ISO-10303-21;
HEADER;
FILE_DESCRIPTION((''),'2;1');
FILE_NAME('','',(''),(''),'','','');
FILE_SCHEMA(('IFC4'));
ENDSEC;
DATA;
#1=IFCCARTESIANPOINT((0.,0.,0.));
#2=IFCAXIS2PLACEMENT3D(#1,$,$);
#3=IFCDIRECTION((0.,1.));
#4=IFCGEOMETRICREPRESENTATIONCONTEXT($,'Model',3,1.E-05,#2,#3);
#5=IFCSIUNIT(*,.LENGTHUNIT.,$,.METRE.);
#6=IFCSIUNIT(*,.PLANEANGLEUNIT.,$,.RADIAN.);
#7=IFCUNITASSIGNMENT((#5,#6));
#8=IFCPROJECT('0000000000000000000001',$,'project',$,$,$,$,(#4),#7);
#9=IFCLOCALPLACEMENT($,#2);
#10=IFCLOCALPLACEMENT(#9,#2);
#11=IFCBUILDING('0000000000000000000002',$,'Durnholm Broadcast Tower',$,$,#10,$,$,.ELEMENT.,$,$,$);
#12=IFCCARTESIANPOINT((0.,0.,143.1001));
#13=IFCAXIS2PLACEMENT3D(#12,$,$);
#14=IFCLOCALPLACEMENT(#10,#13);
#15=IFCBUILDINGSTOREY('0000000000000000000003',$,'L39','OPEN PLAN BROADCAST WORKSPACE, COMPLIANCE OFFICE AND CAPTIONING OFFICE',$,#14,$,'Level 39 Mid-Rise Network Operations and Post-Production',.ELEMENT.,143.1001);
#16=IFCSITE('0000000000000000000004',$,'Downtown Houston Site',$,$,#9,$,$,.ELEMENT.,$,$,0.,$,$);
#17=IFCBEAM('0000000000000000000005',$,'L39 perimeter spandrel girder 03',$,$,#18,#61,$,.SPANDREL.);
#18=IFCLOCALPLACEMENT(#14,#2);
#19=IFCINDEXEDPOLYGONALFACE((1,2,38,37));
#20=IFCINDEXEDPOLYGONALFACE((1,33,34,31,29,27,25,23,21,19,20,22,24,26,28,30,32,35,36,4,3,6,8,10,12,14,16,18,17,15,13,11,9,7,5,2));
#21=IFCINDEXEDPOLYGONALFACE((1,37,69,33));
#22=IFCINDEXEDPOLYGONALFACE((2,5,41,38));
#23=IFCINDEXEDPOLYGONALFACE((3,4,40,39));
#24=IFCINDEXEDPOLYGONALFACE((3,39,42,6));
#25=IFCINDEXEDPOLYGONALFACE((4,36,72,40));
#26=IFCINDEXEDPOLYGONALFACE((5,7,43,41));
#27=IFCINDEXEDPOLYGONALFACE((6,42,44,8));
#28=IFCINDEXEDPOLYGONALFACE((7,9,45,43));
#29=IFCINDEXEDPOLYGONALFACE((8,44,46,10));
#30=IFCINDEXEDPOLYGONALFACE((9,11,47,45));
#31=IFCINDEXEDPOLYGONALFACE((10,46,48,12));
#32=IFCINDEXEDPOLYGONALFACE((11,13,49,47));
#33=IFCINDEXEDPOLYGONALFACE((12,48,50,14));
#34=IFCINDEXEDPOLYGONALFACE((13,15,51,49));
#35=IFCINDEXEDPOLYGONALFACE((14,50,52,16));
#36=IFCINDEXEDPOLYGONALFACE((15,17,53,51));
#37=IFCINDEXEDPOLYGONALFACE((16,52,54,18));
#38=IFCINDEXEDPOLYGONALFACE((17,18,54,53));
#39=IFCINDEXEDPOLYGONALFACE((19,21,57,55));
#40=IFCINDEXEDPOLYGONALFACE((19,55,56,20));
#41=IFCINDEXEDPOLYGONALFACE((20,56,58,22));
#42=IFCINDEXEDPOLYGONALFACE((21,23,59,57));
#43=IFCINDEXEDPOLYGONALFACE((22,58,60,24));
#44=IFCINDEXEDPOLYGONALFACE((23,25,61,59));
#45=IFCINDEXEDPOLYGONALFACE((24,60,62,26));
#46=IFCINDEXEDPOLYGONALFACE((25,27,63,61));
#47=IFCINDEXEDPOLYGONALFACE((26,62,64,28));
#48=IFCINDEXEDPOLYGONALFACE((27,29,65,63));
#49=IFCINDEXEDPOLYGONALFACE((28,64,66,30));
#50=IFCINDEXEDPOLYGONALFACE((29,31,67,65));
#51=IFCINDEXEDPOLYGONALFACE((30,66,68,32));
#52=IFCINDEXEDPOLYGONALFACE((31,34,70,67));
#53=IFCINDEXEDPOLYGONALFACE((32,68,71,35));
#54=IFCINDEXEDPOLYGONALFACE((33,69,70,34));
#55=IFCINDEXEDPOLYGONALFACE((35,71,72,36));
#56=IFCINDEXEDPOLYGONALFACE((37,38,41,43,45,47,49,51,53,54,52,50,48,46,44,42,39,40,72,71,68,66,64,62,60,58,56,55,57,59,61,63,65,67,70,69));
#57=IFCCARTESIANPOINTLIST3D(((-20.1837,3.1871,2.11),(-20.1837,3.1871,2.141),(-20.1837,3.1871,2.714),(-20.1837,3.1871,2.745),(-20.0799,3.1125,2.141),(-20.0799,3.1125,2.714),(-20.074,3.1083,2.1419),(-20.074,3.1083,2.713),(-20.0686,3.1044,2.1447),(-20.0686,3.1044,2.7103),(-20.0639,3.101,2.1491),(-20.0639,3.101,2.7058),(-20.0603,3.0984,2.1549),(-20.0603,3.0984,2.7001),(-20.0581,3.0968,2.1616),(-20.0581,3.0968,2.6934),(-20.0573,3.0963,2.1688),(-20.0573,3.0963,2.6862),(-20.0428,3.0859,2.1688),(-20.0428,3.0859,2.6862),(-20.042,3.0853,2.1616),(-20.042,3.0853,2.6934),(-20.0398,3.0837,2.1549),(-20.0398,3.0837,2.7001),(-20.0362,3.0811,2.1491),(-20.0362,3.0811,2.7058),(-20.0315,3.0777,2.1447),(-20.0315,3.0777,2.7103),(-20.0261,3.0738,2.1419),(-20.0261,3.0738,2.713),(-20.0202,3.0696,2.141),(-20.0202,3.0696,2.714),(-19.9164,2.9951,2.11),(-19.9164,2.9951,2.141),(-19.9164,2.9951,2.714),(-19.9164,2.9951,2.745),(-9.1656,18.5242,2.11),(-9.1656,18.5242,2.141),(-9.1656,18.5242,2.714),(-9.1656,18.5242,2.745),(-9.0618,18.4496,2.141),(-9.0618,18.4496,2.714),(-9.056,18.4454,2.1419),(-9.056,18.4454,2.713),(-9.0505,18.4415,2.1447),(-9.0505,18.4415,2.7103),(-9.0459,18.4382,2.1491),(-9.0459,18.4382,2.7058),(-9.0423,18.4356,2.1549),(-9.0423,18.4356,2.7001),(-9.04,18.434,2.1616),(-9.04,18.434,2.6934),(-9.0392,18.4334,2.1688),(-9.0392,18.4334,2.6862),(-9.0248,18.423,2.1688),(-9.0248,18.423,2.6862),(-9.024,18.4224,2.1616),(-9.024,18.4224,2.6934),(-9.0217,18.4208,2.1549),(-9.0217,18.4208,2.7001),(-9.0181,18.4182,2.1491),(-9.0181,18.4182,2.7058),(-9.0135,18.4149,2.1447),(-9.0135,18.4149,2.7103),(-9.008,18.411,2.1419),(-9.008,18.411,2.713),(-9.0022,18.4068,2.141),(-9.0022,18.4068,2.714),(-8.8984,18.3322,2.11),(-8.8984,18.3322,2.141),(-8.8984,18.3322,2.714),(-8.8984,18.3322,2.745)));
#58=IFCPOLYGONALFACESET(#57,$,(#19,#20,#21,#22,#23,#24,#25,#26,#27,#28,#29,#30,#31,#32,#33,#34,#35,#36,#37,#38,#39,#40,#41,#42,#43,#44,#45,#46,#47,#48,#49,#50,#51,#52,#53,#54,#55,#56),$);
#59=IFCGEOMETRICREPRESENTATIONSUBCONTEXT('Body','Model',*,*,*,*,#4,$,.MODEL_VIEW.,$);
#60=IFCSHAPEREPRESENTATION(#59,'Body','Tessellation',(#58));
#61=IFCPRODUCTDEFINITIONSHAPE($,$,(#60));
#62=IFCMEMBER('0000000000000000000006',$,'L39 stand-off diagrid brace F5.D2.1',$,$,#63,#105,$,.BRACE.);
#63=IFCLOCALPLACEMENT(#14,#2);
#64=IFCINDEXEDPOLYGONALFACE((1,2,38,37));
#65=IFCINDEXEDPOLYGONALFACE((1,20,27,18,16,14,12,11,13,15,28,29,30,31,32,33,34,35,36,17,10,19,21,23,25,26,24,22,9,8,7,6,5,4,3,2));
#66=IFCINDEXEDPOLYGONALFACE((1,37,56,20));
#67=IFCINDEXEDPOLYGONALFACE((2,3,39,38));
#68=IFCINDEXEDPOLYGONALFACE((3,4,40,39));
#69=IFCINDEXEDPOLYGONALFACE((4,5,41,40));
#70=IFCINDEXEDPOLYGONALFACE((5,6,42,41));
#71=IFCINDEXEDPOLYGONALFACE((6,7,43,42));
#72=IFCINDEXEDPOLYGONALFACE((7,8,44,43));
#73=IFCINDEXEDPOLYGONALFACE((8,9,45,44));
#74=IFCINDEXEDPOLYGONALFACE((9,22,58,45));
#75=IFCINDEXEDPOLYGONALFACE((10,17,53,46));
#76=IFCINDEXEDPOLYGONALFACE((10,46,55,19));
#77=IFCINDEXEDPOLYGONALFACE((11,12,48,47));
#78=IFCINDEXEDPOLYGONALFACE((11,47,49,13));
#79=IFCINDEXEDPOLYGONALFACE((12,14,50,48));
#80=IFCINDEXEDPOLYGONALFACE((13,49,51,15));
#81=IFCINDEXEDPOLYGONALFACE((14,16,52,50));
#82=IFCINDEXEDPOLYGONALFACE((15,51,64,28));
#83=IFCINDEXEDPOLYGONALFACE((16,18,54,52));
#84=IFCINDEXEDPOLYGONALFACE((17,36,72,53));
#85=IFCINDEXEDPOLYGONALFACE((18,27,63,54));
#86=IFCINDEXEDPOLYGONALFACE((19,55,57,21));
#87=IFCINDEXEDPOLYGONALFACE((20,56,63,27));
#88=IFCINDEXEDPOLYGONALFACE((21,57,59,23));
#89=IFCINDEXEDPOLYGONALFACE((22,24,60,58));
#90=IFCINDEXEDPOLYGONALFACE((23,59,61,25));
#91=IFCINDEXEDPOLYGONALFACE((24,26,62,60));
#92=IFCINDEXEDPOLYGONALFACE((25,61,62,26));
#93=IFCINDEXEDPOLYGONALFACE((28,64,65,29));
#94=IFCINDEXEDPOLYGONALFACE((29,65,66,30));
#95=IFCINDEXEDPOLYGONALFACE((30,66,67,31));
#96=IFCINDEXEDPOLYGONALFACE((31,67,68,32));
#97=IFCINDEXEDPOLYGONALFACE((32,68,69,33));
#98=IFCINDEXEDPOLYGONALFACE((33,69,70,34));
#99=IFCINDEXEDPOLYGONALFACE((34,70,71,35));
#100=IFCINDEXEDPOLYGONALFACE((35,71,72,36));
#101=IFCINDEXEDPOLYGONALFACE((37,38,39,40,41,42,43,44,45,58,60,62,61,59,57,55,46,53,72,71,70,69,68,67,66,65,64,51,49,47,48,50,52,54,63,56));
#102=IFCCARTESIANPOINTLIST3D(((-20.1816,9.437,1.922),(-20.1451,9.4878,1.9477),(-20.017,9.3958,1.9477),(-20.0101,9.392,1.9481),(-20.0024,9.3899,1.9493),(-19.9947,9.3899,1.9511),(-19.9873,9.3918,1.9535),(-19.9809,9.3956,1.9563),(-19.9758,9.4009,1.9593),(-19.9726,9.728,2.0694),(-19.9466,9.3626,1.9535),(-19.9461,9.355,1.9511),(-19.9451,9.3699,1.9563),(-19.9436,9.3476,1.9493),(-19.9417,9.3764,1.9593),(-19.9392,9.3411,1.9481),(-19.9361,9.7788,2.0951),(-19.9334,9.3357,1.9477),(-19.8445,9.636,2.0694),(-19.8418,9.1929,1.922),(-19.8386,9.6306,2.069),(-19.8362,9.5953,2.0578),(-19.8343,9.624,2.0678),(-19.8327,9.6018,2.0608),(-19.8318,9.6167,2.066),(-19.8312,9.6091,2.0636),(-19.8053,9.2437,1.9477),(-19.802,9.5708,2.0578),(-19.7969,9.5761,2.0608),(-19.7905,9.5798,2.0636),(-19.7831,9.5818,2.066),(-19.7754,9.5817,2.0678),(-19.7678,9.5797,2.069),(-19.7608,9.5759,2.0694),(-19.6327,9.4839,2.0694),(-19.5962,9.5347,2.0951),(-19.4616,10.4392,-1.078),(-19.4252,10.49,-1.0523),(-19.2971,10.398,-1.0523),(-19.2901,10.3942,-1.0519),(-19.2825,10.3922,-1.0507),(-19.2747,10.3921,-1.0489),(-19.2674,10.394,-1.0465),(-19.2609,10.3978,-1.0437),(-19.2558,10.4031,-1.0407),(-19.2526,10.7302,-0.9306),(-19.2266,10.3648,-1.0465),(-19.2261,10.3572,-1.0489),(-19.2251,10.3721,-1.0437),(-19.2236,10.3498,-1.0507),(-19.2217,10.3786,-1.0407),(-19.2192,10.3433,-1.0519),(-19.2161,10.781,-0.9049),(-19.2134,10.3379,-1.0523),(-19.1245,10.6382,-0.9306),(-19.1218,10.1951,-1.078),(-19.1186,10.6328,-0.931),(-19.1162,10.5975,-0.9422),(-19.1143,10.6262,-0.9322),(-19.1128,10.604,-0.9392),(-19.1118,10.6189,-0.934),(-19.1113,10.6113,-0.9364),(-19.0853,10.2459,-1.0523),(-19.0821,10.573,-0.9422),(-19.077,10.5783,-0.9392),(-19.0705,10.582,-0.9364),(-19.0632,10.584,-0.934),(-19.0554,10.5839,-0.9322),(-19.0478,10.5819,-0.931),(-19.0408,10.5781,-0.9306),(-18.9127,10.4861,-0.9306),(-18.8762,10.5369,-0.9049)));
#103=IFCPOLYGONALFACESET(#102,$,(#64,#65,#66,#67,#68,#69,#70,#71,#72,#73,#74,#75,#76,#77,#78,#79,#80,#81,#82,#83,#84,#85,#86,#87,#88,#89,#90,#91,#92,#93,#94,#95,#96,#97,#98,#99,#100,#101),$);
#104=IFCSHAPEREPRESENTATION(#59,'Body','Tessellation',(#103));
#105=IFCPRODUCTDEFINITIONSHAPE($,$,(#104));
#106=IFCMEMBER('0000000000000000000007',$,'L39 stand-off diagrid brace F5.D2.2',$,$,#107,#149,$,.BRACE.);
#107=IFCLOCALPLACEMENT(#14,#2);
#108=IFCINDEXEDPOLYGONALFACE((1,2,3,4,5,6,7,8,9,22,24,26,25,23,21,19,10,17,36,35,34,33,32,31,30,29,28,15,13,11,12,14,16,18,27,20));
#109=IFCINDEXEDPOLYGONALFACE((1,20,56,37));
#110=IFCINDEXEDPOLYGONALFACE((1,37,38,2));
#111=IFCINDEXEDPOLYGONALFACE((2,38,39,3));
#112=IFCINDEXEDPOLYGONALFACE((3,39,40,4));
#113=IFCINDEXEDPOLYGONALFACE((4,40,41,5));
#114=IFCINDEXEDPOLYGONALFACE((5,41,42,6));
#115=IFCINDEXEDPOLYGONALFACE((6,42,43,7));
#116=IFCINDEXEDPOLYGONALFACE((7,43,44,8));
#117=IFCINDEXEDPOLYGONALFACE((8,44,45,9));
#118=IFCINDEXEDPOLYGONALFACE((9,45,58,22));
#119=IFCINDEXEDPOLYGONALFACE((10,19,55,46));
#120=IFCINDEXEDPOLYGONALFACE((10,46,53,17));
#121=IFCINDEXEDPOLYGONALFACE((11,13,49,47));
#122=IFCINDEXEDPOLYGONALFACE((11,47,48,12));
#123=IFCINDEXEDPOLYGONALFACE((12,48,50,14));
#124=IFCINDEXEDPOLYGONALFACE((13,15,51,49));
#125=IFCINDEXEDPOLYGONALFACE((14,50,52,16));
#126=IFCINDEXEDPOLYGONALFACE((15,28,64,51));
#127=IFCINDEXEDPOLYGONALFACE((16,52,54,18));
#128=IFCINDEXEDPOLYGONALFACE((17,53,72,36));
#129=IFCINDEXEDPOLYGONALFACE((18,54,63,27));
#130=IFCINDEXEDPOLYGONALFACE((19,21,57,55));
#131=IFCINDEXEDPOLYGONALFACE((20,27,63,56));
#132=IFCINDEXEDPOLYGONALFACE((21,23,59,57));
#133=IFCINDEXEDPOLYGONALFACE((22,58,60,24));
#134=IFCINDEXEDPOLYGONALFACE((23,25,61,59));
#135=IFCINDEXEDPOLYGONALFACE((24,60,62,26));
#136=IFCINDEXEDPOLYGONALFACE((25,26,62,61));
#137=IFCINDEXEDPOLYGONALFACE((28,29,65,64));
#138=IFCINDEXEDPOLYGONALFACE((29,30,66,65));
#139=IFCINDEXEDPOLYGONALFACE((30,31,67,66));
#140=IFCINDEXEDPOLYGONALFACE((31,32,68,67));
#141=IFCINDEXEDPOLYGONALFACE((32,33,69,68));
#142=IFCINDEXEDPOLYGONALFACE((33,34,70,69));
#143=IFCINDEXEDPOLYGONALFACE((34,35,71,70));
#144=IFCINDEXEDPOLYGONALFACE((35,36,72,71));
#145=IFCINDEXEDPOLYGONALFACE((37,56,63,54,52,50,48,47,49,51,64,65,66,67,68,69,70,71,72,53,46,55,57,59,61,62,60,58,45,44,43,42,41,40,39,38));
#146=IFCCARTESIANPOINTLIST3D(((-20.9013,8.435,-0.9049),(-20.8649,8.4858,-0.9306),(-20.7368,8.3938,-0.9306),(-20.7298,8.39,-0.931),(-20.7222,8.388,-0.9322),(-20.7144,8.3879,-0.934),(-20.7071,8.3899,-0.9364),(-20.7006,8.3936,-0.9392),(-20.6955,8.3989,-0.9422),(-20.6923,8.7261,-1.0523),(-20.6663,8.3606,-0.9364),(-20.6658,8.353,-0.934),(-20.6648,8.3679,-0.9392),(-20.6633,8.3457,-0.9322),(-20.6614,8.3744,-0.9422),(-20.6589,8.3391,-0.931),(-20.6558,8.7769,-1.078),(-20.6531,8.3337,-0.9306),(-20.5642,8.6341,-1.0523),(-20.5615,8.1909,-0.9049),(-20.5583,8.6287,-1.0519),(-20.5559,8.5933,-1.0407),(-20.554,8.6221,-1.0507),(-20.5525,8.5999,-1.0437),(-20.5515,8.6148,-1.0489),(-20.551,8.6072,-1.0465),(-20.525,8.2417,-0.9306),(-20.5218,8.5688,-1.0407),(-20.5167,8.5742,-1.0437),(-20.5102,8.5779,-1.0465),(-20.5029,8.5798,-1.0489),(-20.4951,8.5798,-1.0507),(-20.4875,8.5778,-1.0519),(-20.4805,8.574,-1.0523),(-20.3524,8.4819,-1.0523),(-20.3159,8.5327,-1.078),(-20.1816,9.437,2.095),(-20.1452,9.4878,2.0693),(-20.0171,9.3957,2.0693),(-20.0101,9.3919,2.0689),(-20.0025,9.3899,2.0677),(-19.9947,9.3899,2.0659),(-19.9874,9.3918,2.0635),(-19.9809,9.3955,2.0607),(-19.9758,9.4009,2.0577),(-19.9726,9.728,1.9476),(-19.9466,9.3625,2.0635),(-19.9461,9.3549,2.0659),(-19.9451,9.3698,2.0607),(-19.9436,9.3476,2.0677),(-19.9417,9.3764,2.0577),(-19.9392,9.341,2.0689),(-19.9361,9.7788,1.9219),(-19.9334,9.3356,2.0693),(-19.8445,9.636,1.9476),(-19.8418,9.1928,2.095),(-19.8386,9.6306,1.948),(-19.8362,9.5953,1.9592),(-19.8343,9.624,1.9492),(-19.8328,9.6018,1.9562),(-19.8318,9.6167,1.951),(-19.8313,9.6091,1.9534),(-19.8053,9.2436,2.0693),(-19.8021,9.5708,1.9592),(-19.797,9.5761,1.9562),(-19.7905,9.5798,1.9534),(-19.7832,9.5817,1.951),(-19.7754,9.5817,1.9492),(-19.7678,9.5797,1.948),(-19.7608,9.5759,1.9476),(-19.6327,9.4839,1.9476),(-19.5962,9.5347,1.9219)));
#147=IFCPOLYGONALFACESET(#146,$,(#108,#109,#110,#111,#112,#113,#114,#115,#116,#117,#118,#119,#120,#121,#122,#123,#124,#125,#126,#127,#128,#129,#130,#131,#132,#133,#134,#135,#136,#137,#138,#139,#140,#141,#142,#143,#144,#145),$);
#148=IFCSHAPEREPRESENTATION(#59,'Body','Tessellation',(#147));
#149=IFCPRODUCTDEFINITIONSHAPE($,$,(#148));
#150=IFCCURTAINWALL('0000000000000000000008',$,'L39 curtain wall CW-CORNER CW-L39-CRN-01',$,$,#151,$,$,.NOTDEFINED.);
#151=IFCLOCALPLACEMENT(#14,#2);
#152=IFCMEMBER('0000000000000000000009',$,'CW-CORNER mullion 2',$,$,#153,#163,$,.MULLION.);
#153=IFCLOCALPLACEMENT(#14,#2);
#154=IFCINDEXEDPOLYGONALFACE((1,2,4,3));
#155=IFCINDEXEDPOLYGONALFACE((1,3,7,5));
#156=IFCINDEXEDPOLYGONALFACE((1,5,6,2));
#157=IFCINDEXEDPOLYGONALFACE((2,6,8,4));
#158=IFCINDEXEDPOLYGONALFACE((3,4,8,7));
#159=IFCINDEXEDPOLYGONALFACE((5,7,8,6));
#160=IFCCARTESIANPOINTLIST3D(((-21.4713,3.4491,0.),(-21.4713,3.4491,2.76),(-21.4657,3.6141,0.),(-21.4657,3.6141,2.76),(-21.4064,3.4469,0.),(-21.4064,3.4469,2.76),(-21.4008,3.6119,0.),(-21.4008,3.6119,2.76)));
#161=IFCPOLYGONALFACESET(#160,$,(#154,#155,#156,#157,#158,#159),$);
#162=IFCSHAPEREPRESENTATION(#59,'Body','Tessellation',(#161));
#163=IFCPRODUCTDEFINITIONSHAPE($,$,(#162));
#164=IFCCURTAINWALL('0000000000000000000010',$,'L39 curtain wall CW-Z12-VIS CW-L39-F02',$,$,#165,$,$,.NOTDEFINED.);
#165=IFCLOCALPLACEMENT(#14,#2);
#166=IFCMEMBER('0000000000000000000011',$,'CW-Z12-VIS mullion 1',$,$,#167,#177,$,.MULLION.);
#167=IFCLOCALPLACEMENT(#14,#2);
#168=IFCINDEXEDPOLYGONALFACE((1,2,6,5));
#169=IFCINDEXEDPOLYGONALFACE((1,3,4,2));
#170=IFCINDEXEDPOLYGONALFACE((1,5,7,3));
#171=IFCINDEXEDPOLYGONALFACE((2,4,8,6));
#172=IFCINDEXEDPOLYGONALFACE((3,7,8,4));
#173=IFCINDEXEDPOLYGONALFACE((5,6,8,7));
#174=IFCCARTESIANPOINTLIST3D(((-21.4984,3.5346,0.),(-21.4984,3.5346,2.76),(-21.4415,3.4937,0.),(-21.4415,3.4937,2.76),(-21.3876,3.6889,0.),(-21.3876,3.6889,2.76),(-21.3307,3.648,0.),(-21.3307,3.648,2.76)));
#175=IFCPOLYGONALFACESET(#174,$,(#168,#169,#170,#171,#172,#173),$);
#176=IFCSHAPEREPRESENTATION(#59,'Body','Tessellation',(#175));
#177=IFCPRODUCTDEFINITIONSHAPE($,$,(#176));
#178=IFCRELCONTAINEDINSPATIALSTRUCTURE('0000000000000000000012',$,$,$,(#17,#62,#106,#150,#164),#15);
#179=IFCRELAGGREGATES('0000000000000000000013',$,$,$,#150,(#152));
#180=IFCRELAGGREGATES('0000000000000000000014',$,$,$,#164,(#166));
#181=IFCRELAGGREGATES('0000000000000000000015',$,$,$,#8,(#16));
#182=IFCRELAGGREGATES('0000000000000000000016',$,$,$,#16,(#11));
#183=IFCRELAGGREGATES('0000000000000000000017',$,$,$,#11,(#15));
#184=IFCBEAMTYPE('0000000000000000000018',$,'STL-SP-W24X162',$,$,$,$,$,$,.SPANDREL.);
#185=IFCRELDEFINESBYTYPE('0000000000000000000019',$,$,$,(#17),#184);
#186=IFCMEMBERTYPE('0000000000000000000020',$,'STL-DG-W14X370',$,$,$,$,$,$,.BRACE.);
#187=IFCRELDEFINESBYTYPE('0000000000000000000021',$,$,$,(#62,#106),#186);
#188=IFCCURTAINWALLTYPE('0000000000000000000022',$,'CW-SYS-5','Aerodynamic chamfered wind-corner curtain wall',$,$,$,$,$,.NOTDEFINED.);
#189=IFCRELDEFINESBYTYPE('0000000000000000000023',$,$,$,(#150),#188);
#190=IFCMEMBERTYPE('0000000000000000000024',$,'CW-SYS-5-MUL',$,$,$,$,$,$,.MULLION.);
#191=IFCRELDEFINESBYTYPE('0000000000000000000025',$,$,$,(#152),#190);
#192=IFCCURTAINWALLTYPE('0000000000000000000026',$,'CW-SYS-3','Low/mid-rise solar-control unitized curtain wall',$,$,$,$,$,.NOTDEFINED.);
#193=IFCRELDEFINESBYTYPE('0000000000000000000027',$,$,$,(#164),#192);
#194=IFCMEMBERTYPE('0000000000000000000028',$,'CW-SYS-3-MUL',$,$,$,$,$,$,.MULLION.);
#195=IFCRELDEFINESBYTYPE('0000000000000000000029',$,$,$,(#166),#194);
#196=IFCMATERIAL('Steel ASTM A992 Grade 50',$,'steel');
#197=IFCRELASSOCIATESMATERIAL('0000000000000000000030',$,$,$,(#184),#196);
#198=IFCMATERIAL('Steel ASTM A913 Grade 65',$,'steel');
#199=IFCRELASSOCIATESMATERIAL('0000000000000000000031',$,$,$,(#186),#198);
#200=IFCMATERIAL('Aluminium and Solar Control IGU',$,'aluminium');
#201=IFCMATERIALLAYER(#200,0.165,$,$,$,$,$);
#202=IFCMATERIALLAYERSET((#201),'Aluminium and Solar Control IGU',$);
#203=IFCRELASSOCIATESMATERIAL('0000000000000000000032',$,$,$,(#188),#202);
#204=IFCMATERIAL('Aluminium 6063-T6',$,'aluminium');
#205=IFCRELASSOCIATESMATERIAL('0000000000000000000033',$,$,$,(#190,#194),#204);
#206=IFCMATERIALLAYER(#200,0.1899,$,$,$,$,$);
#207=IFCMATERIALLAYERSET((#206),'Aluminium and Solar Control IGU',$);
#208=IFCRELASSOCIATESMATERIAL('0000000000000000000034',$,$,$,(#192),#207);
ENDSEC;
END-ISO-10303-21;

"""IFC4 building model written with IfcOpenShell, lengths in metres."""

from ifc_helpers import new_model, si_unit, direction, frame, origin, origin_2d, place, context, subcontext, project, spatial, rectangle, i_section, extrude, source, transform, mapped, material, layer, layer_set, material_profile, profile_set, type_object, type_shapes, element, aggregate, save


model = new_model("IFC4")

# Units and contexts
model_context = context("Model", 3, precision=1e-05, world=origin(), true_north=direction((0.0, 1.0)))
body_context = subcontext(model_context, "Body", "Model", "MODEL_VIEW")
ifc_project = project(units=[si_unit("LENGTHUNIT", "METRE"), si_unit("PLANEANGLEUNIT", "RADIAN")], contexts=[model_context])

# Site, building, storey
site_placement = place(None, origin())
site = spatial("IfcSite", under=ifc_project, at=site_placement, Name="Downtown Houston Site", CompositionType="ELEMENT", RefElevation=0.0)
building_placement = place(site_placement, origin())
building = spatial("IfcBuilding", under=site, at=building_placement, Name="Durnholm Broadcast Tower", CompositionType="ELEMENT")
storey_placement = place(building_placement, frame((0.0, 0.0, 143.1001)))
storey = spatial("IfcBuildingStorey", under=building, at=storey_placement, Name="L39", Description="OPEN PLAN BROADCAST WORKSPACE, COMPLIANCE OFFICE AND CAPTIONING OFFICE", LongName="Level 39 Mid-Rise Network Operations and Post-Production", CompositionType="ELEMENT", Elevation=143.1001)

# Beam
ifc_material_1 = material(Name="Steel ASTM A992 Grade 50", Category="steel")
ifc_material_profile_1 = material_profile(ifc_material_1, i_section(OverallWidth=0.3291, OverallDepth=0.635, WebThickness=0.0178, FlangeThickness=0.031, FilletRadius=0.0278, at=origin_2d()), Name="W24X162")
ifc_profile_set_1 = profile_set([ifc_material_profile_1], Name="Steel ASTM A992 Grade 50")
beam_type_1 = type_object("IfcBeamType", Name="STL-SP-W24X162", PredefinedType="SPANDREL", material=ifc_profile_set_1)
shared_shape_1 = source(origin(), body_context, "Body", "SweptSolid", [
    extrude(i_section(OverallWidth=0.3291, OverallDepth=0.635, WebThickness=0.0178, FlangeThickness=0.031, FilletRadius=0.0278, at=origin_2d()), origin(), (0.0, 0.0, 1.0), 18.8845),
])
beam_1_placement = place(storey_placement, frame((-20.05, 3.0911, 2.4275), z_axis=(0.583443, 0.812154, 0.0), x_axis=(-0.812154, 0.583443, 0.0)))
element("IfcBeam", 1, at=beam_1_placement, inside=storey, type_object=beam_type_1, Name="L39 perimeter spandrel girder 03", PredefinedType="SPANDREL", context=body_context, shape_type="MappedRepresentation", body=[
    mapped(shared_shape_1, transform((0.0, 0.0, 0.0), x_axis=(1.0, 0.0, 0.0), y_axis=(0.0, 1.0, 0.0), z_axis=(0.0, 0.0, 1.0), scale=1.0)),
])

# Members
ifc_material_2 = material(Name="Steel ASTM A913 Grade 65", Category="steel")
ifc_material_profile_2 = material_profile(ifc_material_2, i_section(OverallWidth=0.4185, OverallDepth=0.4551, WebThickness=0.042, FlangeThickness=0.0676, FilletRadius=0.0305, at=origin_2d()), Name="W14X370")
ifc_profile_set_2 = profile_set([ifc_material_profile_2], Name="Steel ASTM A913 Grade 65")
member_type_1 = type_object("IfcMemberType", Name="STL-DG-W14X370", PredefinedType="BRACE", material=ifc_profile_set_2)
shared_shape_2 = source(origin(), body_context, "Body", "SweptSolid", [
    extrude(i_section(OverallWidth=0.4185, OverallDepth=0.4551, WebThickness=0.042, FlangeThickness=0.0676, FilletRadius=0.0305, at=origin_2d()), origin(), (0.0, 0.0, 1.0), 3.2439),
])
member_1_placement = place(storey_placement, frame((-19.1689, 10.488, -0.9915), z_axis=(-0.221947, -0.30895, 0.924818), x_axis=(0.812153, -0.583444, 0.0)))
element("IfcMember", 2, at=member_1_placement, inside=storey, type_object=member_type_1, Name="L39 stand-off diagrid brace F5.D2.1", PredefinedType="BRACE", context=body_context, shape_type="MappedRepresentation", body=[
    mapped(shared_shape_2, transform((0.0, 0.0, 0.0), x_axis=(1.0, 0.0, 0.0), y_axis=(0.0, 1.0, 0.0), z_axis=(0.0, 0.0, 1.0), scale=1.0)),
])
shared_shape_3 = source(origin(), body_context, "Body", "SweptSolid", [
    extrude(i_section(OverallWidth=0.4185, OverallDepth=0.4551, WebThickness=0.042, FlangeThickness=0.0676, FilletRadius=0.0305, at=origin_2d()), origin(), (0.0, 0.0, 1.0), 3.2437),
])
type_shapes(member_type_1, [shared_shape_2, shared_shape_3])
member_2_placement = place(storey_placement, frame((-20.6086, 8.4839, -0.9915), z_axis=(0.221881, 0.308887, 0.924855), x_axis=(-0.812179, 0.583408, 0.0)))
element("IfcMember", 3, at=member_2_placement, inside=storey, type_object=member_type_1, Name="L39 stand-off diagrid brace F5.D2.2", PredefinedType="BRACE", context=body_context, shape_type="MappedRepresentation", body=[
    mapped(shared_shape_3, transform((0.0, 0.0, 0.0), x_axis=(1.0, 0.0, 0.0), y_axis=(0.0, 1.0, 0.0), z_axis=(0.0, 0.0, 1.0), scale=1.0)),
])

# Curtain walls, members
ifc_material_3 = material(Name="Aluminium and Solar Control IGU", Category="aluminium")
ifc_layer_1 = layer(ifc_material_3, 0.165)
ifc_layer_set_1 = layer_set([ifc_layer_1], Name="Aluminium and Solar Control IGU")
curtain_wall_type_1 = type_object("IfcCurtainWallType", Name="CW-SYS-5", Description="Aerodynamic chamfered wind-corner curtain wall", PredefinedType="NOTDEFINED", material=ifc_layer_set_1)
curtain_wall_1_placement = place(storey_placement, origin())
curtain_wall_1 = element("IfcCurtainWall", 4, at=curtain_wall_1_placement, inside=storey, type_object=curtain_wall_type_1, Name="L39 curtain wall CW-CORNER CW-L39-CRN-01", PredefinedType="NOTDEFINED")
ifc_material_4 = material(Name="Aluminium 6063-T6", Category="aluminium")
ifc_material_profile_3 = material_profile(ifc_material_4, rectangle(XDim=0.0649, YDim=0.165, at=origin_2d()), Name="CWM65X165")
ifc_profile_set_3 = profile_set([ifc_material_profile_3], Name="Aluminium 6063-T6")
member_type_2 = type_object("IfcMemberType", Name="CW-SYS-5-MUL", PredefinedType="MULLION", material=ifc_profile_set_3)
shared_shape_4 = source(origin(), body_context, "Body", "SweptSolid", [
    extrude(rectangle(XDim=0.0649, YDim=0.165, at=origin_2d()), origin(), (0.0, 0.0, 1.0), 2.76),
])
type_shapes(member_type_2, [shared_shape_4])
member_3_placement = place(storey_placement, frame((-21.436, 3.5305, 0.0), z_axis=(0.0, 0.0, 1.0), x_axis=(-0.999425, 0.033917, 0.0)))
member_3 = element("IfcMember", 5, at=member_3_placement, type_object=member_type_2, Name="CW-CORNER mullion 2", PredefinedType="MULLION", context=body_context, shape_type="MappedRepresentation", body=[
    mapped(shared_shape_4, transform((0.0, 0.0, 0.0), x_axis=(1.0, 0.0, 0.0), y_axis=(0.0, 1.0, 0.0), z_axis=(0.0, 0.0, 1.0), scale=1.0)),
])
ifc_layer_2 = layer(ifc_material_3, 0.1899)
ifc_layer_set_2 = layer_set([ifc_layer_2], Name="Aluminium and Solar Control IGU")
curtain_wall_type_2 = type_object("IfcCurtainWallType", Name="CW-SYS-3", Description="Low/mid-rise solar-control unitized curtain wall", PredefinedType="NOTDEFINED", material=ifc_layer_set_2)
curtain_wall_2_placement = place(storey_placement, origin())
curtain_wall_2 = element("IfcCurtainWall", 6, at=curtain_wall_2_placement, inside=storey, type_object=curtain_wall_type_2, Name="L39 curtain wall CW-Z12-VIS CW-L39-F02", PredefinedType="NOTDEFINED")
ifc_material_profile_4 = material_profile(ifc_material_4, rectangle(XDim=0.0701, YDim=0.1899, at=origin_2d()), Name="CWM70X190")
ifc_profile_set_4 = profile_set([ifc_material_profile_4], Name="Aluminium 6063-T6")
member_type_3 = type_object("IfcMemberType", Name="CW-SYS-3-MUL", PredefinedType="MULLION", material=ifc_profile_set_4)
shared_shape_5 = source(origin(), body_context, "Body", "SweptSolid", [
    extrude(rectangle(XDim=0.0701, YDim=0.1899, at=origin_2d()), origin(), (0.0, 0.0, 1.0), 2.76),
])
type_shapes(member_type_3, [shared_shape_5])
member_4_placement = place(storey_placement, frame((-21.4146, 3.5913, 0.0), z_axis=(0.0, 0.0, 1.0), x_axis=(-0.812152, 0.583445, 0.0)))
member_4 = element("IfcMember", 7, at=member_4_placement, type_object=member_type_3, Name="CW-Z12-VIS mullion 1", PredefinedType="MULLION", context=body_context, shape_type="MappedRepresentation", body=[
    mapped(shared_shape_5, transform((0.0, 0.0, 0.0), x_axis=(1.0, 0.0, 0.0), y_axis=(0.0, 1.0, 0.0), z_axis=(0.0, 0.0, 1.0), scale=1.0)),
])

aggregate(curtain_wall_1, [member_3])
aggregate(curtain_wall_2, [member_4])

save(model, "model.ifc")
